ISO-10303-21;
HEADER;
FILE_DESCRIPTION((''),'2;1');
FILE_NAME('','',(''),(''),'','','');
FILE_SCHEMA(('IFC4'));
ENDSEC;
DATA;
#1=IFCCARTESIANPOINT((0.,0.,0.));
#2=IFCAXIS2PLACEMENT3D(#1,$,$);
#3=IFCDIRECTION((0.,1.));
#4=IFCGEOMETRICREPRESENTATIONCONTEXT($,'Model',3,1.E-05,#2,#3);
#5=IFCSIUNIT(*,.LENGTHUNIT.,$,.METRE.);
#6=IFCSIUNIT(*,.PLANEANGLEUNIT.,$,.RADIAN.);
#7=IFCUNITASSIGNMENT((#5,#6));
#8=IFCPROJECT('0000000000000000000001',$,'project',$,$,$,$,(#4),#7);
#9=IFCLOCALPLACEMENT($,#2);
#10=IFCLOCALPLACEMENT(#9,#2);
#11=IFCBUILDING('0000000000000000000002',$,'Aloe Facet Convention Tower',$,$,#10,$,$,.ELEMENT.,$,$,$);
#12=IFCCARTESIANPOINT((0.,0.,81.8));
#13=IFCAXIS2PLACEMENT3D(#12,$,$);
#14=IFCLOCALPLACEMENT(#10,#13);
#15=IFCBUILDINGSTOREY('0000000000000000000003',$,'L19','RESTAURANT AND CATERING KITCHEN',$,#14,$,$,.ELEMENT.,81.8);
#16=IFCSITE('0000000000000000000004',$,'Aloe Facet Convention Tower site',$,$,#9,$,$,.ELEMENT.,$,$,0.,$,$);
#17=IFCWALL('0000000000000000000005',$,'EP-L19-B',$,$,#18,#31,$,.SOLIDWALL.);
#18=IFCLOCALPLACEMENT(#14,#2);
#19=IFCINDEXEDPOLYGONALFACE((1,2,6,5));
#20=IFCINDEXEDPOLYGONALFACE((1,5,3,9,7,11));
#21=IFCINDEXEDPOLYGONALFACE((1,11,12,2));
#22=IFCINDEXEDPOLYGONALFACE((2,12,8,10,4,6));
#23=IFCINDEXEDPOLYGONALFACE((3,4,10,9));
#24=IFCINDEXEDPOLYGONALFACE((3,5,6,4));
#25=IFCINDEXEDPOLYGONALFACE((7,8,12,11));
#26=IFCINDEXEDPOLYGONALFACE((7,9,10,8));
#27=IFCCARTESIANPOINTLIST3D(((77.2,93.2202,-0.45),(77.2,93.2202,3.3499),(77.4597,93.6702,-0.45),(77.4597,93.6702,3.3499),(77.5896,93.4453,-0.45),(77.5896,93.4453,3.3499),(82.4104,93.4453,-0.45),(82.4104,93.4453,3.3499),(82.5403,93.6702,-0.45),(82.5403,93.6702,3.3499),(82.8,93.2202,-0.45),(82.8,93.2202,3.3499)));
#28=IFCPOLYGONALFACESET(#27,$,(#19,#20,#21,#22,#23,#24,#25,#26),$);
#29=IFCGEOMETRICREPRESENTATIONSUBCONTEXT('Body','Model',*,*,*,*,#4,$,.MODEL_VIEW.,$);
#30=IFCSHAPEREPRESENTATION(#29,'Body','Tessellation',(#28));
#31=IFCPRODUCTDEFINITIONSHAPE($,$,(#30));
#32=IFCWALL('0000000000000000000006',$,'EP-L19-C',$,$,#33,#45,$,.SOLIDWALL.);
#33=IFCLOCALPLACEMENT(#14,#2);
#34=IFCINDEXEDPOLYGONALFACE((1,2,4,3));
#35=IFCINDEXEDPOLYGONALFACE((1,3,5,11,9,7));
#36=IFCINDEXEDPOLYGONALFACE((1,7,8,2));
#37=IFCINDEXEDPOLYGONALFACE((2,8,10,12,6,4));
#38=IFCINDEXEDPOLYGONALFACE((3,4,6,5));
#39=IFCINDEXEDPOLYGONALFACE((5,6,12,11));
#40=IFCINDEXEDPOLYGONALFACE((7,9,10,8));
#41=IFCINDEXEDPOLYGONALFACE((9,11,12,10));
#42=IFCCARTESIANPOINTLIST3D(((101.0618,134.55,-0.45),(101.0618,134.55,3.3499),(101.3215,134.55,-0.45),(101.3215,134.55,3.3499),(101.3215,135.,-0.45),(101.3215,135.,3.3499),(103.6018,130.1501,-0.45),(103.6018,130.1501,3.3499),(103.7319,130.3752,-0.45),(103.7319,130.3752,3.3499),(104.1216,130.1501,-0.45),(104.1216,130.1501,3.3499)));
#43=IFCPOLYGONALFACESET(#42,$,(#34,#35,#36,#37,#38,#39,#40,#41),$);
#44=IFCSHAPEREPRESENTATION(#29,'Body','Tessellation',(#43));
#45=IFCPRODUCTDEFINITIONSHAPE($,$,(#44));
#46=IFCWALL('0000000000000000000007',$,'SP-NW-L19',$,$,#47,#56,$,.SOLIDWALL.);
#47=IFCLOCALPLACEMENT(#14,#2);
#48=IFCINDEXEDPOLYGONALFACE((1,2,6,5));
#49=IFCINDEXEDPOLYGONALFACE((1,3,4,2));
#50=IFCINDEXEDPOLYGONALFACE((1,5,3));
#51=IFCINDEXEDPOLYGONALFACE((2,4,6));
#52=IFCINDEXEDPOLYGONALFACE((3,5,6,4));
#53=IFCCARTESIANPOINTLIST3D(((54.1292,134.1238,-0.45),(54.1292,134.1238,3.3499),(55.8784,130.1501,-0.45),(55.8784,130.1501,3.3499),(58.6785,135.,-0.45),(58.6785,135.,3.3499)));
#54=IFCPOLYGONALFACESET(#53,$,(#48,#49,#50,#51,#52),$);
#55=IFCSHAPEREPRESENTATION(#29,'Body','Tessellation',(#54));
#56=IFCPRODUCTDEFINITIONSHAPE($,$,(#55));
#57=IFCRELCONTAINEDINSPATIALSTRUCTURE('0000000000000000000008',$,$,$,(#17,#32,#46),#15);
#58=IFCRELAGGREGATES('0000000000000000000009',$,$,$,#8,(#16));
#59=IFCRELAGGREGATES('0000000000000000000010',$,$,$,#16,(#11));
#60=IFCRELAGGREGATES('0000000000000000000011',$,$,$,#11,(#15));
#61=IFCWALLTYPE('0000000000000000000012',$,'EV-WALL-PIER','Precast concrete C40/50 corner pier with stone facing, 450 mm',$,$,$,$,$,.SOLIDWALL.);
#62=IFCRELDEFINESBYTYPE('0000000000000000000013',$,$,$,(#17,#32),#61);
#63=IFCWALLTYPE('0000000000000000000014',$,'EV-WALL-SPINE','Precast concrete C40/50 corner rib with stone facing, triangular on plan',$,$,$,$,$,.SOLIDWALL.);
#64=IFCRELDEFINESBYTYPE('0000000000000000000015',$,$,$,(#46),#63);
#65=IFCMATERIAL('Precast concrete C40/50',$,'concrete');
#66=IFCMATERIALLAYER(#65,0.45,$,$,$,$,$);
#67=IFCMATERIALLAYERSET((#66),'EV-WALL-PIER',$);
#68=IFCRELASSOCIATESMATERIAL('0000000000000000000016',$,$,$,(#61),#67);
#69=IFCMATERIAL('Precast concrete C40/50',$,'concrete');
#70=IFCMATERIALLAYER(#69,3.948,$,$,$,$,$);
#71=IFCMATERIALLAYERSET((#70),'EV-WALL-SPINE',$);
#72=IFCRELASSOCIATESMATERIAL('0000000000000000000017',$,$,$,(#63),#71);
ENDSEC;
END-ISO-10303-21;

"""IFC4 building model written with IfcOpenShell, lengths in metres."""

from ifc_helpers import new_model, si_unit, direction, frame, origin, place, context, subcontext, project, spatial, polyline, outline, extrude, material, layer, layer_set, type_object, element, save


model = new_model("IFC4")

# Units and contexts
model_context = context("Model", 3, precision=1e-05, world=origin(), true_north=direction((0.0, 1.0)))
body_context = subcontext(model_context, "Body", "Model", "MODEL_VIEW")
ifc_project = project(units=[si_unit("LENGTHUNIT", "METRE"), si_unit("PLANEANGLEUNIT", "RADIAN")], contexts=[model_context])

# Site, building, storey
site_placement = place(None, origin())
site = spatial("IfcSite", under=ifc_project, at=site_placement, Name="Aloe Facet Convention Tower site", CompositionType="ELEMENT", RefElevation=0.0)
building_placement = place(site_placement, origin())
building = spatial("IfcBuilding", under=site, at=building_placement, Name="Aloe Facet Convention Tower", CompositionType="ELEMENT")
storey_placement = place(building_placement, frame((0.0, 0.0, 81.8)))
storey = spatial("IfcBuildingStorey", under=building, at=storey_placement, Name="L19", Description="RESTAURANT AND CATERING KITCHEN", CompositionType="ELEMENT", Elevation=81.8)

# Walls
ifc_material_1 = material(Name="Precast concrete C40/50", Category="concrete")
ifc_layer_1 = layer(ifc_material_1, 0.45)
ifc_layer_set_1 = layer_set([ifc_layer_1], Name="EV-WALL-PIER")
wall_type_1 = type_object("IfcWallType", Name="EV-WALL-PIER", Description="Precast concrete C40/50 corner pier with stone facing, 450 mm", PredefinedType="SOLIDWALL", material=ifc_layer_set_1)
wall_1_placement = place(storey_placement, frame((0.0, 0.0, -0.45)))
element("IfcWall", 1, at=wall_1_placement, inside=storey, type_object=wall_type_1, Name="EP-L19-B", PredefinedType="SOLIDWALL", context=body_context, shape_type="SweptSolid", body=[
    extrude(outline(polyline([(77.2, 93.2202), (77.5896, 93.4453), (77.4597, 93.6702), (82.5403, 93.6702), (82.4104, 93.4453), (82.8, 93.2202), (77.2, 93.2202)])), origin(), (0.0, 0.0, 1.0), 3.7998),
])
wall_2_placement = place(storey_placement, frame((0.0, 0.0, -0.45)))
element("IfcWall", 2, at=wall_2_placement, inside=storey, type_object=wall_type_1, Name="EP-L19-C", PredefinedType="SOLIDWALL", context=body_context, shape_type="SweptSolid", body=[
    extrude(outline(polyline([(104.1216, 130.1501), (103.7319, 130.3752), (103.6018, 130.1501), (101.0618, 134.55), (101.3215, 134.55), (101.3215, 135.0), (104.1216, 130.1501)])), origin(), (0.0, 0.0, 1.0), 3.7998),
])
ifc_material_2 = material(Name="Precast concrete C40/50", Category="concrete")
ifc_layer_2 = layer(ifc_material_2, 3.948)
ifc_layer_set_2 = layer_set([ifc_layer_2], Name="EV-WALL-SPINE")
wall_type_2 = type_object("IfcWallType", Name="EV-WALL-SPINE", Description="Precast concrete C40/50 corner rib with stone facing, triangular on plan", PredefinedType="SOLIDWALL", material=ifc_layer_set_2)
wall_3_placement = place(storey_placement, frame((0.0, 0.0, -0.45)))
element("IfcWall", 3, at=wall_3_placement, inside=storey, type_object=wall_type_2, Name="SP-NW-L19", PredefinedType="SOLIDWALL", context=body_context, shape_type="SweptSolid", body=[
    extrude(outline(polyline([(58.6785, 135.0), (54.1292, 134.1238), (55.8784, 130.1501), (58.6785, 135.0)])), origin(), (0.0, 0.0, 1.0), 3.7998),
])

save(model, "model.ifc")
